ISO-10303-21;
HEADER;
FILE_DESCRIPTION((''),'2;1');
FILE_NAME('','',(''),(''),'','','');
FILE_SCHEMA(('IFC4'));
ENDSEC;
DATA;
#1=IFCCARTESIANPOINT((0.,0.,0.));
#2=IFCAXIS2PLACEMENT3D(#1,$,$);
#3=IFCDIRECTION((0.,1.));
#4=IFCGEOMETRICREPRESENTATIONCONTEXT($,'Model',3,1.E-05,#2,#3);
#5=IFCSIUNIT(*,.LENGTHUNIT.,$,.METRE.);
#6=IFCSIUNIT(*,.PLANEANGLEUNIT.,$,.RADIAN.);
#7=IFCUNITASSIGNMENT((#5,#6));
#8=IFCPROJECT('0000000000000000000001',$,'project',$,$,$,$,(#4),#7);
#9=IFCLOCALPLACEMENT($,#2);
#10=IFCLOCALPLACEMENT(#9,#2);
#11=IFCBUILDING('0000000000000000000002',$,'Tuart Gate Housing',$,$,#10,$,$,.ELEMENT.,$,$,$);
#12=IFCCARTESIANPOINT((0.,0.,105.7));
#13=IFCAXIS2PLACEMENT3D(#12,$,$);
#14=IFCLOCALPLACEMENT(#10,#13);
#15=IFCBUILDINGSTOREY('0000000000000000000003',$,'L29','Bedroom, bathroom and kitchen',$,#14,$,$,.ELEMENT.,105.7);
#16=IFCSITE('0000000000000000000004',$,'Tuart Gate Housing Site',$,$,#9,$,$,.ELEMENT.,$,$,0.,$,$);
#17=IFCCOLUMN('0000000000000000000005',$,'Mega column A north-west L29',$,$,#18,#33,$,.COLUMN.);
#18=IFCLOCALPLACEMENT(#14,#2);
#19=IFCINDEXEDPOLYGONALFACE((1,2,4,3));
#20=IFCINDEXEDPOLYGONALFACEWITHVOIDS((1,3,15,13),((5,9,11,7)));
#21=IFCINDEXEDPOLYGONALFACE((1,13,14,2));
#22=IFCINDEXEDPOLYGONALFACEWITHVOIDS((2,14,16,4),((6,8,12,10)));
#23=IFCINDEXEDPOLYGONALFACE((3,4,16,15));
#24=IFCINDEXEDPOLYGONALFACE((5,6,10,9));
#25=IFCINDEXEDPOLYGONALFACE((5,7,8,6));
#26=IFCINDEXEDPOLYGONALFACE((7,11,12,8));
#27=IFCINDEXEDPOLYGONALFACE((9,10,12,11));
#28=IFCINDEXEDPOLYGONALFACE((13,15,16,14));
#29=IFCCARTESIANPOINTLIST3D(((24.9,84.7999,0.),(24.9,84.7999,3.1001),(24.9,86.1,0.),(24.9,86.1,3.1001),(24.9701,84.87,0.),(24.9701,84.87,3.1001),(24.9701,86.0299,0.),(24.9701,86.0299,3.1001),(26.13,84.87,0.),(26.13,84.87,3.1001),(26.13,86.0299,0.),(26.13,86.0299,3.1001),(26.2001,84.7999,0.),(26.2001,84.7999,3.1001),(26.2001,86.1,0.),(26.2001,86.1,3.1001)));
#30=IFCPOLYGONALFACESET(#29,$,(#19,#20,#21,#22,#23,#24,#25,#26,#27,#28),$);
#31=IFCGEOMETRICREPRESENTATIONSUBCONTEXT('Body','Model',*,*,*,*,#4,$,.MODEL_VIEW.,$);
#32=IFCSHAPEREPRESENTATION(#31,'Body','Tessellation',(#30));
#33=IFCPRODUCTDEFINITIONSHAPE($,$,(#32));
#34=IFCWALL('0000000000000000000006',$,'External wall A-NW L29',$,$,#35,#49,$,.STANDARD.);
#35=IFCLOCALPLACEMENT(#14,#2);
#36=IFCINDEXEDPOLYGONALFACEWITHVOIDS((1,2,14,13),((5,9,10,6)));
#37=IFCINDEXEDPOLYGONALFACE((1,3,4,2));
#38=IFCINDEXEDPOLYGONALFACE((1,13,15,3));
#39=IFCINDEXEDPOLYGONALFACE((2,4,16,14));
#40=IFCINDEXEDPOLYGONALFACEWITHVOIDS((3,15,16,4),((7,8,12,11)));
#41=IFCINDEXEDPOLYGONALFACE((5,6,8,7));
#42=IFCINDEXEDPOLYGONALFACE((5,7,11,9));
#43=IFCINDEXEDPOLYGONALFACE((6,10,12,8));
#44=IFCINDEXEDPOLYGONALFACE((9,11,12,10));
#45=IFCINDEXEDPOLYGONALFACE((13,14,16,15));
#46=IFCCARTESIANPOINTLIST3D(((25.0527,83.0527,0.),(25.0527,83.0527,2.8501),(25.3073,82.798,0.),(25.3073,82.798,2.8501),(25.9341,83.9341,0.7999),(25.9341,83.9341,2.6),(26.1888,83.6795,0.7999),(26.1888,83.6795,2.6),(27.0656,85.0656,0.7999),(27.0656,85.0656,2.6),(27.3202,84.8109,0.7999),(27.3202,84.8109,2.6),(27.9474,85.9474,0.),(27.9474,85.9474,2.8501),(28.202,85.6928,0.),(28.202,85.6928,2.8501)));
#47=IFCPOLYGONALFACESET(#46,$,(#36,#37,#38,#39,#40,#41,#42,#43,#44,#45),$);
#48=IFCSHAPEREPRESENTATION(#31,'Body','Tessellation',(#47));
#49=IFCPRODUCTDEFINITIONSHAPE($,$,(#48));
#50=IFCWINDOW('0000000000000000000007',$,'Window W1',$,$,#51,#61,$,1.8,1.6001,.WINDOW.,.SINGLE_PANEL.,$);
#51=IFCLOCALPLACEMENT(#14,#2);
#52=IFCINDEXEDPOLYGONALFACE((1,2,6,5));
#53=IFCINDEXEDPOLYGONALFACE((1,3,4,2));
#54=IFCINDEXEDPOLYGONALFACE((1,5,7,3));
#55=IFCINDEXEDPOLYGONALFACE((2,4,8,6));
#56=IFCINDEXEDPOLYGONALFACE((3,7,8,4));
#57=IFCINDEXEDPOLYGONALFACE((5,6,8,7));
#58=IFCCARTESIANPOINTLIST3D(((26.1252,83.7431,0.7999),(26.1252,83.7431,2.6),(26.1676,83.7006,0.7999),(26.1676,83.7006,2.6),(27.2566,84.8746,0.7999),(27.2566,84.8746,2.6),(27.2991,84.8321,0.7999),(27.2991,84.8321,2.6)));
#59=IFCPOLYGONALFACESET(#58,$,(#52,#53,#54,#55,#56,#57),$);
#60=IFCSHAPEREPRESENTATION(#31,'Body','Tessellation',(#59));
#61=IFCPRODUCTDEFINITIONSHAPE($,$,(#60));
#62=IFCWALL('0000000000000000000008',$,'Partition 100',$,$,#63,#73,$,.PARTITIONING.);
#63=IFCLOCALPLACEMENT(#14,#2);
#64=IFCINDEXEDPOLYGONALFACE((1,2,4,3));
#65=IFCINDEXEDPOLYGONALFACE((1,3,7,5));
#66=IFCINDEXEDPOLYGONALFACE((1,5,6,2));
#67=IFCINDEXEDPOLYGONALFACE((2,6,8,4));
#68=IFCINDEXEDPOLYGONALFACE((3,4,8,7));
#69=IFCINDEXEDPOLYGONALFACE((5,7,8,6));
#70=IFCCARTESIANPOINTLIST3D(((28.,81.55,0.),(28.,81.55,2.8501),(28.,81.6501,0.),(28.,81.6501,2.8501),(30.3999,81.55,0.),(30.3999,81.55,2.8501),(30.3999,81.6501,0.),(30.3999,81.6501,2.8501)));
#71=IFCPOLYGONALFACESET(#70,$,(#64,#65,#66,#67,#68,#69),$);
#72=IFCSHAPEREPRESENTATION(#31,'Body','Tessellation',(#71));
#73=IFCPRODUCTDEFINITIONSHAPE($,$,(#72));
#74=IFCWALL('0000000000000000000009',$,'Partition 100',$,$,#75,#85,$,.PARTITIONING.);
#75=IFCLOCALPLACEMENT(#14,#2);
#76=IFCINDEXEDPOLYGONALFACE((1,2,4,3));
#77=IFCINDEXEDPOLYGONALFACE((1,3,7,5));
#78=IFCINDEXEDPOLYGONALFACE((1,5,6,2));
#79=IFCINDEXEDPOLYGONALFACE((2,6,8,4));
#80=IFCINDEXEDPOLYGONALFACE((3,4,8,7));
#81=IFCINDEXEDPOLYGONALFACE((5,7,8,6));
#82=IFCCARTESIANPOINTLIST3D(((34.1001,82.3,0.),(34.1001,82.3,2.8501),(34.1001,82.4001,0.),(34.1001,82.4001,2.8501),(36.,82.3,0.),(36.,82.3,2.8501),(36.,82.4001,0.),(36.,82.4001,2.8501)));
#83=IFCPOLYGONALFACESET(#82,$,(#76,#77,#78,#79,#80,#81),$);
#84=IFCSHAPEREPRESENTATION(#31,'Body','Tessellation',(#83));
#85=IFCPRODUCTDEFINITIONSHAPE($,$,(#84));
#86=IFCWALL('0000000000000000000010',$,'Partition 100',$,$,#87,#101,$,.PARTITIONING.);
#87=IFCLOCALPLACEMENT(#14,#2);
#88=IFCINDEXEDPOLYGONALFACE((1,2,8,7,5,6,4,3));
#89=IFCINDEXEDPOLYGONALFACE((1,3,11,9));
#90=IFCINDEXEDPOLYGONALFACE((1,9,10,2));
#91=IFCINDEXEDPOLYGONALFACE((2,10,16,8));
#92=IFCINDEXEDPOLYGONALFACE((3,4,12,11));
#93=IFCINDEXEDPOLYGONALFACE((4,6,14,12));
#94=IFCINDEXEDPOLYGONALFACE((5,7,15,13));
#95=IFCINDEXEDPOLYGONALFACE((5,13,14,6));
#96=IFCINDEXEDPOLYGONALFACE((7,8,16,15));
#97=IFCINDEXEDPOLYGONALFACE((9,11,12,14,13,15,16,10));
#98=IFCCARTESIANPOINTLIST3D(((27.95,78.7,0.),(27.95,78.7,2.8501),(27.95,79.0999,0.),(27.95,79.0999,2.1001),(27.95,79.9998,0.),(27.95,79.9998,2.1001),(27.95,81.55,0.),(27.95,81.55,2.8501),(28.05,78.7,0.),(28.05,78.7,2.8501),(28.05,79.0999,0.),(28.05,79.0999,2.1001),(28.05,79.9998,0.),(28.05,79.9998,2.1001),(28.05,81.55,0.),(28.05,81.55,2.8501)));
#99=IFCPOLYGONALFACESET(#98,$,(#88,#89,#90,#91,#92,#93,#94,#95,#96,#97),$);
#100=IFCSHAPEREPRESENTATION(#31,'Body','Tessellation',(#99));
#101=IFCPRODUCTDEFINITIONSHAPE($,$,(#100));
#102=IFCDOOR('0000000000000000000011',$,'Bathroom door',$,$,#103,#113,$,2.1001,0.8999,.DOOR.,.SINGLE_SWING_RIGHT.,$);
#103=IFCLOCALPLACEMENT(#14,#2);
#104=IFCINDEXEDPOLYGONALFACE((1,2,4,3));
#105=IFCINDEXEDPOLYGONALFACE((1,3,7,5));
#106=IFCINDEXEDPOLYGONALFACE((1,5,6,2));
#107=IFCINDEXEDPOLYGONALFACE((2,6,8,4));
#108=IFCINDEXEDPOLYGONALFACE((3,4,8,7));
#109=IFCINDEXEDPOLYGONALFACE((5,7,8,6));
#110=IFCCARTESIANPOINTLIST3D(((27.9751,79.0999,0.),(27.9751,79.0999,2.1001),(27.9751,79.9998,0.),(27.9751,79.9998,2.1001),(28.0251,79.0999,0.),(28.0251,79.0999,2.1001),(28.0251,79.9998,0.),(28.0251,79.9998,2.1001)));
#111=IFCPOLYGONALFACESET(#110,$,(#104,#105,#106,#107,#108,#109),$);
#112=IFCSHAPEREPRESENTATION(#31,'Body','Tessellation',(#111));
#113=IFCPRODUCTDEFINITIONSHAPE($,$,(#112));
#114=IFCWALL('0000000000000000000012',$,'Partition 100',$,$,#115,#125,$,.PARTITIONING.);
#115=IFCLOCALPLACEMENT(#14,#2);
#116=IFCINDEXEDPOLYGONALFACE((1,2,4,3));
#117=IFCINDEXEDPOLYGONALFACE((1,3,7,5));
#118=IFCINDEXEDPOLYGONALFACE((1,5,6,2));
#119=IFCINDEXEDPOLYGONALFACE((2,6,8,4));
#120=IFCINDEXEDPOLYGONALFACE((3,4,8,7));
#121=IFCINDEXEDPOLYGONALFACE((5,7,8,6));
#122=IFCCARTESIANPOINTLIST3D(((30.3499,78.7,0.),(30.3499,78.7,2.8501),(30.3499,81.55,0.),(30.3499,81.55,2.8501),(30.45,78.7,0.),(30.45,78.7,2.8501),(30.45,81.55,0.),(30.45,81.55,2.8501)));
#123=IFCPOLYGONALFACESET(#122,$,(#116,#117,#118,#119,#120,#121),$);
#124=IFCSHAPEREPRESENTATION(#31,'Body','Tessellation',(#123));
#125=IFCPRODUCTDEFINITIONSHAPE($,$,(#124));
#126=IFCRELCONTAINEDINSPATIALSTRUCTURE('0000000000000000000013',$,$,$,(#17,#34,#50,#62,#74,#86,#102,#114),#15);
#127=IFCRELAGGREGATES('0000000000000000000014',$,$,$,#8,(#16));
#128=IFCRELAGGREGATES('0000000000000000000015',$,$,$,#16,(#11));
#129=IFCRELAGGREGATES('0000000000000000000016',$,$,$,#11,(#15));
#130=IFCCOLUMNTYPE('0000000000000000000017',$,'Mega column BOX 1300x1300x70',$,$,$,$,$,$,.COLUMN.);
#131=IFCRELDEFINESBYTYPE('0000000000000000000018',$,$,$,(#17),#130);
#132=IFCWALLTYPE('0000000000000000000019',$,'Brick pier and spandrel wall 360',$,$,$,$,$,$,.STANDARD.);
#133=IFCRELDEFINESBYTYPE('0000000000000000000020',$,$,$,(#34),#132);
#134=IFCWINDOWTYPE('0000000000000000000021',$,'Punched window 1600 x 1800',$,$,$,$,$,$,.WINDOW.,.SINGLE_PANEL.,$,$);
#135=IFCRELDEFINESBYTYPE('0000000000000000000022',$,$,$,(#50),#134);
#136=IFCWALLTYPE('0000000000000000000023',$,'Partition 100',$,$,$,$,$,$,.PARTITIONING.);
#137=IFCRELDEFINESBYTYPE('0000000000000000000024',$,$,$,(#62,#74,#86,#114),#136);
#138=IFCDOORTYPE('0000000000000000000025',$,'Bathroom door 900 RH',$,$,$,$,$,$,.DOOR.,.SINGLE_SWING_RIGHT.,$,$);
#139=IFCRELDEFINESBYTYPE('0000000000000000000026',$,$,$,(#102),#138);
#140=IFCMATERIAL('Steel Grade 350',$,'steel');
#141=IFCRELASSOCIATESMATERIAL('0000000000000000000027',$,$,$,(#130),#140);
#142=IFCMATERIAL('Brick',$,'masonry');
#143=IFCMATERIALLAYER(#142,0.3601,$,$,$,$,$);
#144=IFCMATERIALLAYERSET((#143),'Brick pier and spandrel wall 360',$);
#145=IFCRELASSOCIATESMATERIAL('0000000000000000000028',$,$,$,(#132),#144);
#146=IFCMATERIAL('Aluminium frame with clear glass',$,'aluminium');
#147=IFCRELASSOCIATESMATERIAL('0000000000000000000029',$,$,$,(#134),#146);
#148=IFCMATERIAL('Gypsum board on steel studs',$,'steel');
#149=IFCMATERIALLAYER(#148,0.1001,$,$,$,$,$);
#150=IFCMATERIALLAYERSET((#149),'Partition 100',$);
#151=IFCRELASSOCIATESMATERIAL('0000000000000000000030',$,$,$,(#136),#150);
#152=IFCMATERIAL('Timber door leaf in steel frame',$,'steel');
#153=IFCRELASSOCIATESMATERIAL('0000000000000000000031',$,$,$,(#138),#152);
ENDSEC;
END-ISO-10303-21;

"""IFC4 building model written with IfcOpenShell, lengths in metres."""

from ifc_helpers import new_model, si_unit, direction, frame, frame_2d, origin, origin_2d, place, context, subcontext, project, spatial, rectangle, hollow_rectangle, extrude, material, layer, layer_set, material_profile, profile_set, type_object, element, fill, save


model = new_model("IFC4")

# Units and contexts
model_context = context("Model", 3, precision=1e-05, world=origin(), true_north=direction((0.0, 1.0)))
body_context = subcontext(model_context, "Body", "Model", "MODEL_VIEW")
ifc_project = project(units=[si_unit("LENGTHUNIT", "METRE"), si_unit("PLANEANGLEUNIT", "RADIAN")], contexts=[model_context])

# Site, building, storey
site_placement = place(None, origin())
site = spatial("IfcSite", under=ifc_project, at=site_placement, Name="Tuart Gate Housing Site", CompositionType="ELEMENT", RefElevation=0.0)
building_placement = place(site_placement, origin())
building = spatial("IfcBuilding", under=site, at=building_placement, Name="Tuart Gate Housing", CompositionType="ELEMENT")
storey_placement = place(building_placement, frame((0.0, 0.0, 105.7)))
storey = spatial("IfcBuildingStorey", under=building, at=storey_placement, Name="L29", Description="Bedroom, bathroom and kitchen", CompositionType="ELEMENT", Elevation=105.7)

# Column
ifc_material_1 = material(Name="Steel Grade 350", Category="steel")
ifc_material_profile = material_profile(ifc_material_1, hollow_rectangle(XDim=1.3, YDim=1.3, WallThickness=0.0701, at=origin_2d()), Name="BOX 1300x1300x70")
ifc_profile_set = profile_set([ifc_material_profile], Name="Steel Grade 350")
column_type = type_object("IfcColumnType", Name="Mega column BOX 1300x1300x70", PredefinedType="COLUMN", material=ifc_profile_set)
column_placement = place(storey_placement, frame((25.55, 85.45, 0.0), z_axis=(0.0, 0.0, 1.0), x_axis=(1.0, 0.0, 0.0)))
element("IfcColumn", 1, at=column_placement, inside=storey, type_object=column_type, Name="Mega column A north-west L29", PredefinedType="COLUMN", context=body_context, shape_type="SweptSolid", body=[
    extrude(hollow_rectangle(XDim=1.3, YDim=1.3, WallThickness=0.0701, at=origin_2d()), origin(), (0.0, 0.0, 1.0), 3.1001),
])

# Wall, opening, window
ifc_material_2 = material(Name="Brick", Category="masonry")
ifc_layer_1 = layer(ifc_material_2, 0.3601)
ifc_layer_set_1 = layer_set([ifc_layer_1], Name="Brick pier and spandrel wall 360")
wall_type_1 = type_object("IfcWallType", Name="Brick pier and spandrel wall 360", PredefinedType="STANDARD", material=ifc_layer_set_1)
wall_1_placement = place(storey_placement, frame((28.0747, 85.8201, 0.0), z_axis=(0.0, 0.0, 1.0), x_axis=(-0.707107, -0.707107, 0.0)))
wall_1 = element("IfcWall", 2, at=wall_1_placement, inside=storey, type_object=wall_type_1, Name="External wall A-NW L29", PredefinedType="STANDARD", context=body_context, shape_type="SweptSolid", body=[
    extrude(rectangle(XDim=4.0938, YDim=0.3601, at=frame_2d((2.0469, 0.0))), origin(), (0.0, 0.0, 1.0), 2.8501),
])
opening_1_placement = place(wall_1_placement, frame((1.2471, 0.0, 0.8)))
opening_1 = element("IfcOpeningElement", 3, at=opening_1_placement, cuts=wall_1, PredefinedType="OPENING", context=body_context, shape_type="SweptSolid", body=[
    extrude(rectangle(XDim=1.6001, YDim=1.8, at=frame_2d((0.8, 0.8999))), frame((0.0, 0.1899, 0.0), z_axis=(0.0, -1.0, 0.0), x_axis=(1.0, 0.0, 0.0)), (0.0, 0.0, 1.0), 0.3801),
])
ifc_material_3 = material(Name="Aluminium frame with clear glass", Category="aluminium")
window_type_1 = type_object("IfcWindowType", Name="Punched window 1600 x 1800", PartitioningType="SINGLE_PANEL", PredefinedType="WINDOW", material=ifc_material_3)
window_1_placement = place(opening_1_placement, origin())
window_1 = element("IfcWindow", 4, at=window_1_placement, inside=storey, type_object=window_type_1, Name="Window W1", OverallHeight=1.8, OverallWidth=1.6001, PartitioningType="SINGLE_PANEL", PredefinedType="WINDOW", context=body_context, shape_type="SweptSolid", body=[
    extrude(rectangle(XDim=1.6001, YDim=1.8, at=frame_2d((0.8, 0.8999))), frame((0.0, 0.1501, 0.0), z_axis=(0.0, -1.0, 0.0), x_axis=(1.0, 0.0, 0.0)), (0.0, 0.0, 1.0), 0.0601),
])
fill(opening_1, window_1)

# Walls
ifc_material_4 = material(Name="Gypsum board on steel studs", Category="steel")
ifc_layer_2 = layer(ifc_material_4, 0.1001)
ifc_layer_set_2 = layer_set([ifc_layer_2], Name="Partition 100")
wall_type_2 = type_object("IfcWallType", Name="Partition 100", PredefinedType="PARTITIONING", material=ifc_layer_set_2)
wall_2_placement = place(storey_placement, frame((28.0, 81.6001, 0.0), z_axis=(0.0, 0.0, 1.0), x_axis=(1.0, 0.0, 0.0)))
element("IfcWall", 5, at=wall_2_placement, inside=storey, type_object=wall_type_2, Name="Partition 100", PredefinedType="PARTITIONING", context=body_context, shape_type="SweptSolid", body=[
    extrude(rectangle(XDim=2.3999, YDim=0.1001, at=frame_2d((1.2, 0.0))), origin(), (0.0, 0.0, 1.0), 2.8501),
])
wall_3_placement = place(storey_placement, frame((34.1001, 82.3501, 0.0), z_axis=(0.0, 0.0, 1.0), x_axis=(1.0, 0.0, 0.0)))
element("IfcWall", 6, at=wall_3_placement, inside=storey, type_object=wall_type_2, Name="Partition 100", PredefinedType="PARTITIONING", context=body_context, shape_type="SweptSolid", body=[
    extrude(rectangle(XDim=1.8999, YDim=0.1001, at=frame_2d((0.95, 0.0))), origin(), (0.0, 0.0, 1.0), 2.8501),
])

# Wall, opening, door
wall_4_placement = place(storey_placement, frame((28.0, 78.7, 0.0), z_axis=(0.0, 0.0, 1.0), x_axis=(0.0, 1.0, 0.0)))
wall_4 = element("IfcWall", 7, at=wall_4_placement, inside=storey, type_object=wall_type_2, Name="Partition 100", PredefinedType="PARTITIONING", context=body_context, shape_type="SweptSolid", body=[
    extrude(rectangle(XDim=2.8501, YDim=0.1001, at=frame_2d((1.425, 0.0))), origin(), (0.0, 0.0, 1.0), 2.8501),
])
opening_2_placement = place(wall_4_placement, frame((0.3999, 0.0, 0.0)))
opening_2 = element("IfcOpeningElement", 8, at=opening_2_placement, cuts=wall_4, PredefinedType="OPENING", context=body_context, shape_type="SweptSolid", body=[
    extrude(rectangle(XDim=0.8999, YDim=2.1001, at=frame_2d((0.45, 1.05))), frame((0.0, 0.0601, 0.0), z_axis=(0.0, -1.0, 0.0), x_axis=(1.0, 0.0, 0.0)), (0.0, 0.0, 1.0), 0.1201),
])
ifc_material_5 = material(Name="Timber door leaf in steel frame", Category="steel")
door_type = type_object("IfcDoorType", Name="Bathroom door 900 RH", OperationType="SINGLE_SWING_RIGHT", PredefinedType="DOOR", material=ifc_material_5)
door_placement = place(opening_2_placement, frame((0.8999, 0.0, 0.0), z_axis=(0.0, 0.0, 1.0), x_axis=(-1.0, 0.0, 0.0)))
door = element("IfcDoor", 9, at=door_placement, inside=storey, type_object=door_type, Name="Bathroom door", OperationType="SINGLE_SWING_RIGHT", OverallHeight=2.1001, OverallWidth=0.8999, PredefinedType="DOOR", context=body_context, shape_type="SweptSolid", body=[
    extrude(rectangle(XDim=0.8999, YDim=2.1001, at=frame_2d((0.45, 1.05))), frame((0.0, 0.0251, 0.0), z_axis=(0.0, -1.0, 0.0), x_axis=(1.0, 0.0, 0.0)), (0.0, 0.0, 1.0), 0.05),
])
fill(opening_2, door)

# Wall
wall_5_placement = place(storey_placement, frame((30.3999, 78.7, 0.0), z_axis=(0.0, 0.0, 1.0), x_axis=(0.0, 1.0, 0.0)))
element("IfcWall", 10, at=wall_5_placement, inside=storey, type_object=wall_type_2, Name="Partition 100", PredefinedType="PARTITIONING", context=body_context, shape_type="SweptSolid", body=[
    extrude(rectangle(XDim=2.8501, YDim=0.1001, at=frame_2d((1.425, 0.0))), origin(), (0.0, 0.0, 1.0), 2.8501),
])

save(model, "model.ifc")
